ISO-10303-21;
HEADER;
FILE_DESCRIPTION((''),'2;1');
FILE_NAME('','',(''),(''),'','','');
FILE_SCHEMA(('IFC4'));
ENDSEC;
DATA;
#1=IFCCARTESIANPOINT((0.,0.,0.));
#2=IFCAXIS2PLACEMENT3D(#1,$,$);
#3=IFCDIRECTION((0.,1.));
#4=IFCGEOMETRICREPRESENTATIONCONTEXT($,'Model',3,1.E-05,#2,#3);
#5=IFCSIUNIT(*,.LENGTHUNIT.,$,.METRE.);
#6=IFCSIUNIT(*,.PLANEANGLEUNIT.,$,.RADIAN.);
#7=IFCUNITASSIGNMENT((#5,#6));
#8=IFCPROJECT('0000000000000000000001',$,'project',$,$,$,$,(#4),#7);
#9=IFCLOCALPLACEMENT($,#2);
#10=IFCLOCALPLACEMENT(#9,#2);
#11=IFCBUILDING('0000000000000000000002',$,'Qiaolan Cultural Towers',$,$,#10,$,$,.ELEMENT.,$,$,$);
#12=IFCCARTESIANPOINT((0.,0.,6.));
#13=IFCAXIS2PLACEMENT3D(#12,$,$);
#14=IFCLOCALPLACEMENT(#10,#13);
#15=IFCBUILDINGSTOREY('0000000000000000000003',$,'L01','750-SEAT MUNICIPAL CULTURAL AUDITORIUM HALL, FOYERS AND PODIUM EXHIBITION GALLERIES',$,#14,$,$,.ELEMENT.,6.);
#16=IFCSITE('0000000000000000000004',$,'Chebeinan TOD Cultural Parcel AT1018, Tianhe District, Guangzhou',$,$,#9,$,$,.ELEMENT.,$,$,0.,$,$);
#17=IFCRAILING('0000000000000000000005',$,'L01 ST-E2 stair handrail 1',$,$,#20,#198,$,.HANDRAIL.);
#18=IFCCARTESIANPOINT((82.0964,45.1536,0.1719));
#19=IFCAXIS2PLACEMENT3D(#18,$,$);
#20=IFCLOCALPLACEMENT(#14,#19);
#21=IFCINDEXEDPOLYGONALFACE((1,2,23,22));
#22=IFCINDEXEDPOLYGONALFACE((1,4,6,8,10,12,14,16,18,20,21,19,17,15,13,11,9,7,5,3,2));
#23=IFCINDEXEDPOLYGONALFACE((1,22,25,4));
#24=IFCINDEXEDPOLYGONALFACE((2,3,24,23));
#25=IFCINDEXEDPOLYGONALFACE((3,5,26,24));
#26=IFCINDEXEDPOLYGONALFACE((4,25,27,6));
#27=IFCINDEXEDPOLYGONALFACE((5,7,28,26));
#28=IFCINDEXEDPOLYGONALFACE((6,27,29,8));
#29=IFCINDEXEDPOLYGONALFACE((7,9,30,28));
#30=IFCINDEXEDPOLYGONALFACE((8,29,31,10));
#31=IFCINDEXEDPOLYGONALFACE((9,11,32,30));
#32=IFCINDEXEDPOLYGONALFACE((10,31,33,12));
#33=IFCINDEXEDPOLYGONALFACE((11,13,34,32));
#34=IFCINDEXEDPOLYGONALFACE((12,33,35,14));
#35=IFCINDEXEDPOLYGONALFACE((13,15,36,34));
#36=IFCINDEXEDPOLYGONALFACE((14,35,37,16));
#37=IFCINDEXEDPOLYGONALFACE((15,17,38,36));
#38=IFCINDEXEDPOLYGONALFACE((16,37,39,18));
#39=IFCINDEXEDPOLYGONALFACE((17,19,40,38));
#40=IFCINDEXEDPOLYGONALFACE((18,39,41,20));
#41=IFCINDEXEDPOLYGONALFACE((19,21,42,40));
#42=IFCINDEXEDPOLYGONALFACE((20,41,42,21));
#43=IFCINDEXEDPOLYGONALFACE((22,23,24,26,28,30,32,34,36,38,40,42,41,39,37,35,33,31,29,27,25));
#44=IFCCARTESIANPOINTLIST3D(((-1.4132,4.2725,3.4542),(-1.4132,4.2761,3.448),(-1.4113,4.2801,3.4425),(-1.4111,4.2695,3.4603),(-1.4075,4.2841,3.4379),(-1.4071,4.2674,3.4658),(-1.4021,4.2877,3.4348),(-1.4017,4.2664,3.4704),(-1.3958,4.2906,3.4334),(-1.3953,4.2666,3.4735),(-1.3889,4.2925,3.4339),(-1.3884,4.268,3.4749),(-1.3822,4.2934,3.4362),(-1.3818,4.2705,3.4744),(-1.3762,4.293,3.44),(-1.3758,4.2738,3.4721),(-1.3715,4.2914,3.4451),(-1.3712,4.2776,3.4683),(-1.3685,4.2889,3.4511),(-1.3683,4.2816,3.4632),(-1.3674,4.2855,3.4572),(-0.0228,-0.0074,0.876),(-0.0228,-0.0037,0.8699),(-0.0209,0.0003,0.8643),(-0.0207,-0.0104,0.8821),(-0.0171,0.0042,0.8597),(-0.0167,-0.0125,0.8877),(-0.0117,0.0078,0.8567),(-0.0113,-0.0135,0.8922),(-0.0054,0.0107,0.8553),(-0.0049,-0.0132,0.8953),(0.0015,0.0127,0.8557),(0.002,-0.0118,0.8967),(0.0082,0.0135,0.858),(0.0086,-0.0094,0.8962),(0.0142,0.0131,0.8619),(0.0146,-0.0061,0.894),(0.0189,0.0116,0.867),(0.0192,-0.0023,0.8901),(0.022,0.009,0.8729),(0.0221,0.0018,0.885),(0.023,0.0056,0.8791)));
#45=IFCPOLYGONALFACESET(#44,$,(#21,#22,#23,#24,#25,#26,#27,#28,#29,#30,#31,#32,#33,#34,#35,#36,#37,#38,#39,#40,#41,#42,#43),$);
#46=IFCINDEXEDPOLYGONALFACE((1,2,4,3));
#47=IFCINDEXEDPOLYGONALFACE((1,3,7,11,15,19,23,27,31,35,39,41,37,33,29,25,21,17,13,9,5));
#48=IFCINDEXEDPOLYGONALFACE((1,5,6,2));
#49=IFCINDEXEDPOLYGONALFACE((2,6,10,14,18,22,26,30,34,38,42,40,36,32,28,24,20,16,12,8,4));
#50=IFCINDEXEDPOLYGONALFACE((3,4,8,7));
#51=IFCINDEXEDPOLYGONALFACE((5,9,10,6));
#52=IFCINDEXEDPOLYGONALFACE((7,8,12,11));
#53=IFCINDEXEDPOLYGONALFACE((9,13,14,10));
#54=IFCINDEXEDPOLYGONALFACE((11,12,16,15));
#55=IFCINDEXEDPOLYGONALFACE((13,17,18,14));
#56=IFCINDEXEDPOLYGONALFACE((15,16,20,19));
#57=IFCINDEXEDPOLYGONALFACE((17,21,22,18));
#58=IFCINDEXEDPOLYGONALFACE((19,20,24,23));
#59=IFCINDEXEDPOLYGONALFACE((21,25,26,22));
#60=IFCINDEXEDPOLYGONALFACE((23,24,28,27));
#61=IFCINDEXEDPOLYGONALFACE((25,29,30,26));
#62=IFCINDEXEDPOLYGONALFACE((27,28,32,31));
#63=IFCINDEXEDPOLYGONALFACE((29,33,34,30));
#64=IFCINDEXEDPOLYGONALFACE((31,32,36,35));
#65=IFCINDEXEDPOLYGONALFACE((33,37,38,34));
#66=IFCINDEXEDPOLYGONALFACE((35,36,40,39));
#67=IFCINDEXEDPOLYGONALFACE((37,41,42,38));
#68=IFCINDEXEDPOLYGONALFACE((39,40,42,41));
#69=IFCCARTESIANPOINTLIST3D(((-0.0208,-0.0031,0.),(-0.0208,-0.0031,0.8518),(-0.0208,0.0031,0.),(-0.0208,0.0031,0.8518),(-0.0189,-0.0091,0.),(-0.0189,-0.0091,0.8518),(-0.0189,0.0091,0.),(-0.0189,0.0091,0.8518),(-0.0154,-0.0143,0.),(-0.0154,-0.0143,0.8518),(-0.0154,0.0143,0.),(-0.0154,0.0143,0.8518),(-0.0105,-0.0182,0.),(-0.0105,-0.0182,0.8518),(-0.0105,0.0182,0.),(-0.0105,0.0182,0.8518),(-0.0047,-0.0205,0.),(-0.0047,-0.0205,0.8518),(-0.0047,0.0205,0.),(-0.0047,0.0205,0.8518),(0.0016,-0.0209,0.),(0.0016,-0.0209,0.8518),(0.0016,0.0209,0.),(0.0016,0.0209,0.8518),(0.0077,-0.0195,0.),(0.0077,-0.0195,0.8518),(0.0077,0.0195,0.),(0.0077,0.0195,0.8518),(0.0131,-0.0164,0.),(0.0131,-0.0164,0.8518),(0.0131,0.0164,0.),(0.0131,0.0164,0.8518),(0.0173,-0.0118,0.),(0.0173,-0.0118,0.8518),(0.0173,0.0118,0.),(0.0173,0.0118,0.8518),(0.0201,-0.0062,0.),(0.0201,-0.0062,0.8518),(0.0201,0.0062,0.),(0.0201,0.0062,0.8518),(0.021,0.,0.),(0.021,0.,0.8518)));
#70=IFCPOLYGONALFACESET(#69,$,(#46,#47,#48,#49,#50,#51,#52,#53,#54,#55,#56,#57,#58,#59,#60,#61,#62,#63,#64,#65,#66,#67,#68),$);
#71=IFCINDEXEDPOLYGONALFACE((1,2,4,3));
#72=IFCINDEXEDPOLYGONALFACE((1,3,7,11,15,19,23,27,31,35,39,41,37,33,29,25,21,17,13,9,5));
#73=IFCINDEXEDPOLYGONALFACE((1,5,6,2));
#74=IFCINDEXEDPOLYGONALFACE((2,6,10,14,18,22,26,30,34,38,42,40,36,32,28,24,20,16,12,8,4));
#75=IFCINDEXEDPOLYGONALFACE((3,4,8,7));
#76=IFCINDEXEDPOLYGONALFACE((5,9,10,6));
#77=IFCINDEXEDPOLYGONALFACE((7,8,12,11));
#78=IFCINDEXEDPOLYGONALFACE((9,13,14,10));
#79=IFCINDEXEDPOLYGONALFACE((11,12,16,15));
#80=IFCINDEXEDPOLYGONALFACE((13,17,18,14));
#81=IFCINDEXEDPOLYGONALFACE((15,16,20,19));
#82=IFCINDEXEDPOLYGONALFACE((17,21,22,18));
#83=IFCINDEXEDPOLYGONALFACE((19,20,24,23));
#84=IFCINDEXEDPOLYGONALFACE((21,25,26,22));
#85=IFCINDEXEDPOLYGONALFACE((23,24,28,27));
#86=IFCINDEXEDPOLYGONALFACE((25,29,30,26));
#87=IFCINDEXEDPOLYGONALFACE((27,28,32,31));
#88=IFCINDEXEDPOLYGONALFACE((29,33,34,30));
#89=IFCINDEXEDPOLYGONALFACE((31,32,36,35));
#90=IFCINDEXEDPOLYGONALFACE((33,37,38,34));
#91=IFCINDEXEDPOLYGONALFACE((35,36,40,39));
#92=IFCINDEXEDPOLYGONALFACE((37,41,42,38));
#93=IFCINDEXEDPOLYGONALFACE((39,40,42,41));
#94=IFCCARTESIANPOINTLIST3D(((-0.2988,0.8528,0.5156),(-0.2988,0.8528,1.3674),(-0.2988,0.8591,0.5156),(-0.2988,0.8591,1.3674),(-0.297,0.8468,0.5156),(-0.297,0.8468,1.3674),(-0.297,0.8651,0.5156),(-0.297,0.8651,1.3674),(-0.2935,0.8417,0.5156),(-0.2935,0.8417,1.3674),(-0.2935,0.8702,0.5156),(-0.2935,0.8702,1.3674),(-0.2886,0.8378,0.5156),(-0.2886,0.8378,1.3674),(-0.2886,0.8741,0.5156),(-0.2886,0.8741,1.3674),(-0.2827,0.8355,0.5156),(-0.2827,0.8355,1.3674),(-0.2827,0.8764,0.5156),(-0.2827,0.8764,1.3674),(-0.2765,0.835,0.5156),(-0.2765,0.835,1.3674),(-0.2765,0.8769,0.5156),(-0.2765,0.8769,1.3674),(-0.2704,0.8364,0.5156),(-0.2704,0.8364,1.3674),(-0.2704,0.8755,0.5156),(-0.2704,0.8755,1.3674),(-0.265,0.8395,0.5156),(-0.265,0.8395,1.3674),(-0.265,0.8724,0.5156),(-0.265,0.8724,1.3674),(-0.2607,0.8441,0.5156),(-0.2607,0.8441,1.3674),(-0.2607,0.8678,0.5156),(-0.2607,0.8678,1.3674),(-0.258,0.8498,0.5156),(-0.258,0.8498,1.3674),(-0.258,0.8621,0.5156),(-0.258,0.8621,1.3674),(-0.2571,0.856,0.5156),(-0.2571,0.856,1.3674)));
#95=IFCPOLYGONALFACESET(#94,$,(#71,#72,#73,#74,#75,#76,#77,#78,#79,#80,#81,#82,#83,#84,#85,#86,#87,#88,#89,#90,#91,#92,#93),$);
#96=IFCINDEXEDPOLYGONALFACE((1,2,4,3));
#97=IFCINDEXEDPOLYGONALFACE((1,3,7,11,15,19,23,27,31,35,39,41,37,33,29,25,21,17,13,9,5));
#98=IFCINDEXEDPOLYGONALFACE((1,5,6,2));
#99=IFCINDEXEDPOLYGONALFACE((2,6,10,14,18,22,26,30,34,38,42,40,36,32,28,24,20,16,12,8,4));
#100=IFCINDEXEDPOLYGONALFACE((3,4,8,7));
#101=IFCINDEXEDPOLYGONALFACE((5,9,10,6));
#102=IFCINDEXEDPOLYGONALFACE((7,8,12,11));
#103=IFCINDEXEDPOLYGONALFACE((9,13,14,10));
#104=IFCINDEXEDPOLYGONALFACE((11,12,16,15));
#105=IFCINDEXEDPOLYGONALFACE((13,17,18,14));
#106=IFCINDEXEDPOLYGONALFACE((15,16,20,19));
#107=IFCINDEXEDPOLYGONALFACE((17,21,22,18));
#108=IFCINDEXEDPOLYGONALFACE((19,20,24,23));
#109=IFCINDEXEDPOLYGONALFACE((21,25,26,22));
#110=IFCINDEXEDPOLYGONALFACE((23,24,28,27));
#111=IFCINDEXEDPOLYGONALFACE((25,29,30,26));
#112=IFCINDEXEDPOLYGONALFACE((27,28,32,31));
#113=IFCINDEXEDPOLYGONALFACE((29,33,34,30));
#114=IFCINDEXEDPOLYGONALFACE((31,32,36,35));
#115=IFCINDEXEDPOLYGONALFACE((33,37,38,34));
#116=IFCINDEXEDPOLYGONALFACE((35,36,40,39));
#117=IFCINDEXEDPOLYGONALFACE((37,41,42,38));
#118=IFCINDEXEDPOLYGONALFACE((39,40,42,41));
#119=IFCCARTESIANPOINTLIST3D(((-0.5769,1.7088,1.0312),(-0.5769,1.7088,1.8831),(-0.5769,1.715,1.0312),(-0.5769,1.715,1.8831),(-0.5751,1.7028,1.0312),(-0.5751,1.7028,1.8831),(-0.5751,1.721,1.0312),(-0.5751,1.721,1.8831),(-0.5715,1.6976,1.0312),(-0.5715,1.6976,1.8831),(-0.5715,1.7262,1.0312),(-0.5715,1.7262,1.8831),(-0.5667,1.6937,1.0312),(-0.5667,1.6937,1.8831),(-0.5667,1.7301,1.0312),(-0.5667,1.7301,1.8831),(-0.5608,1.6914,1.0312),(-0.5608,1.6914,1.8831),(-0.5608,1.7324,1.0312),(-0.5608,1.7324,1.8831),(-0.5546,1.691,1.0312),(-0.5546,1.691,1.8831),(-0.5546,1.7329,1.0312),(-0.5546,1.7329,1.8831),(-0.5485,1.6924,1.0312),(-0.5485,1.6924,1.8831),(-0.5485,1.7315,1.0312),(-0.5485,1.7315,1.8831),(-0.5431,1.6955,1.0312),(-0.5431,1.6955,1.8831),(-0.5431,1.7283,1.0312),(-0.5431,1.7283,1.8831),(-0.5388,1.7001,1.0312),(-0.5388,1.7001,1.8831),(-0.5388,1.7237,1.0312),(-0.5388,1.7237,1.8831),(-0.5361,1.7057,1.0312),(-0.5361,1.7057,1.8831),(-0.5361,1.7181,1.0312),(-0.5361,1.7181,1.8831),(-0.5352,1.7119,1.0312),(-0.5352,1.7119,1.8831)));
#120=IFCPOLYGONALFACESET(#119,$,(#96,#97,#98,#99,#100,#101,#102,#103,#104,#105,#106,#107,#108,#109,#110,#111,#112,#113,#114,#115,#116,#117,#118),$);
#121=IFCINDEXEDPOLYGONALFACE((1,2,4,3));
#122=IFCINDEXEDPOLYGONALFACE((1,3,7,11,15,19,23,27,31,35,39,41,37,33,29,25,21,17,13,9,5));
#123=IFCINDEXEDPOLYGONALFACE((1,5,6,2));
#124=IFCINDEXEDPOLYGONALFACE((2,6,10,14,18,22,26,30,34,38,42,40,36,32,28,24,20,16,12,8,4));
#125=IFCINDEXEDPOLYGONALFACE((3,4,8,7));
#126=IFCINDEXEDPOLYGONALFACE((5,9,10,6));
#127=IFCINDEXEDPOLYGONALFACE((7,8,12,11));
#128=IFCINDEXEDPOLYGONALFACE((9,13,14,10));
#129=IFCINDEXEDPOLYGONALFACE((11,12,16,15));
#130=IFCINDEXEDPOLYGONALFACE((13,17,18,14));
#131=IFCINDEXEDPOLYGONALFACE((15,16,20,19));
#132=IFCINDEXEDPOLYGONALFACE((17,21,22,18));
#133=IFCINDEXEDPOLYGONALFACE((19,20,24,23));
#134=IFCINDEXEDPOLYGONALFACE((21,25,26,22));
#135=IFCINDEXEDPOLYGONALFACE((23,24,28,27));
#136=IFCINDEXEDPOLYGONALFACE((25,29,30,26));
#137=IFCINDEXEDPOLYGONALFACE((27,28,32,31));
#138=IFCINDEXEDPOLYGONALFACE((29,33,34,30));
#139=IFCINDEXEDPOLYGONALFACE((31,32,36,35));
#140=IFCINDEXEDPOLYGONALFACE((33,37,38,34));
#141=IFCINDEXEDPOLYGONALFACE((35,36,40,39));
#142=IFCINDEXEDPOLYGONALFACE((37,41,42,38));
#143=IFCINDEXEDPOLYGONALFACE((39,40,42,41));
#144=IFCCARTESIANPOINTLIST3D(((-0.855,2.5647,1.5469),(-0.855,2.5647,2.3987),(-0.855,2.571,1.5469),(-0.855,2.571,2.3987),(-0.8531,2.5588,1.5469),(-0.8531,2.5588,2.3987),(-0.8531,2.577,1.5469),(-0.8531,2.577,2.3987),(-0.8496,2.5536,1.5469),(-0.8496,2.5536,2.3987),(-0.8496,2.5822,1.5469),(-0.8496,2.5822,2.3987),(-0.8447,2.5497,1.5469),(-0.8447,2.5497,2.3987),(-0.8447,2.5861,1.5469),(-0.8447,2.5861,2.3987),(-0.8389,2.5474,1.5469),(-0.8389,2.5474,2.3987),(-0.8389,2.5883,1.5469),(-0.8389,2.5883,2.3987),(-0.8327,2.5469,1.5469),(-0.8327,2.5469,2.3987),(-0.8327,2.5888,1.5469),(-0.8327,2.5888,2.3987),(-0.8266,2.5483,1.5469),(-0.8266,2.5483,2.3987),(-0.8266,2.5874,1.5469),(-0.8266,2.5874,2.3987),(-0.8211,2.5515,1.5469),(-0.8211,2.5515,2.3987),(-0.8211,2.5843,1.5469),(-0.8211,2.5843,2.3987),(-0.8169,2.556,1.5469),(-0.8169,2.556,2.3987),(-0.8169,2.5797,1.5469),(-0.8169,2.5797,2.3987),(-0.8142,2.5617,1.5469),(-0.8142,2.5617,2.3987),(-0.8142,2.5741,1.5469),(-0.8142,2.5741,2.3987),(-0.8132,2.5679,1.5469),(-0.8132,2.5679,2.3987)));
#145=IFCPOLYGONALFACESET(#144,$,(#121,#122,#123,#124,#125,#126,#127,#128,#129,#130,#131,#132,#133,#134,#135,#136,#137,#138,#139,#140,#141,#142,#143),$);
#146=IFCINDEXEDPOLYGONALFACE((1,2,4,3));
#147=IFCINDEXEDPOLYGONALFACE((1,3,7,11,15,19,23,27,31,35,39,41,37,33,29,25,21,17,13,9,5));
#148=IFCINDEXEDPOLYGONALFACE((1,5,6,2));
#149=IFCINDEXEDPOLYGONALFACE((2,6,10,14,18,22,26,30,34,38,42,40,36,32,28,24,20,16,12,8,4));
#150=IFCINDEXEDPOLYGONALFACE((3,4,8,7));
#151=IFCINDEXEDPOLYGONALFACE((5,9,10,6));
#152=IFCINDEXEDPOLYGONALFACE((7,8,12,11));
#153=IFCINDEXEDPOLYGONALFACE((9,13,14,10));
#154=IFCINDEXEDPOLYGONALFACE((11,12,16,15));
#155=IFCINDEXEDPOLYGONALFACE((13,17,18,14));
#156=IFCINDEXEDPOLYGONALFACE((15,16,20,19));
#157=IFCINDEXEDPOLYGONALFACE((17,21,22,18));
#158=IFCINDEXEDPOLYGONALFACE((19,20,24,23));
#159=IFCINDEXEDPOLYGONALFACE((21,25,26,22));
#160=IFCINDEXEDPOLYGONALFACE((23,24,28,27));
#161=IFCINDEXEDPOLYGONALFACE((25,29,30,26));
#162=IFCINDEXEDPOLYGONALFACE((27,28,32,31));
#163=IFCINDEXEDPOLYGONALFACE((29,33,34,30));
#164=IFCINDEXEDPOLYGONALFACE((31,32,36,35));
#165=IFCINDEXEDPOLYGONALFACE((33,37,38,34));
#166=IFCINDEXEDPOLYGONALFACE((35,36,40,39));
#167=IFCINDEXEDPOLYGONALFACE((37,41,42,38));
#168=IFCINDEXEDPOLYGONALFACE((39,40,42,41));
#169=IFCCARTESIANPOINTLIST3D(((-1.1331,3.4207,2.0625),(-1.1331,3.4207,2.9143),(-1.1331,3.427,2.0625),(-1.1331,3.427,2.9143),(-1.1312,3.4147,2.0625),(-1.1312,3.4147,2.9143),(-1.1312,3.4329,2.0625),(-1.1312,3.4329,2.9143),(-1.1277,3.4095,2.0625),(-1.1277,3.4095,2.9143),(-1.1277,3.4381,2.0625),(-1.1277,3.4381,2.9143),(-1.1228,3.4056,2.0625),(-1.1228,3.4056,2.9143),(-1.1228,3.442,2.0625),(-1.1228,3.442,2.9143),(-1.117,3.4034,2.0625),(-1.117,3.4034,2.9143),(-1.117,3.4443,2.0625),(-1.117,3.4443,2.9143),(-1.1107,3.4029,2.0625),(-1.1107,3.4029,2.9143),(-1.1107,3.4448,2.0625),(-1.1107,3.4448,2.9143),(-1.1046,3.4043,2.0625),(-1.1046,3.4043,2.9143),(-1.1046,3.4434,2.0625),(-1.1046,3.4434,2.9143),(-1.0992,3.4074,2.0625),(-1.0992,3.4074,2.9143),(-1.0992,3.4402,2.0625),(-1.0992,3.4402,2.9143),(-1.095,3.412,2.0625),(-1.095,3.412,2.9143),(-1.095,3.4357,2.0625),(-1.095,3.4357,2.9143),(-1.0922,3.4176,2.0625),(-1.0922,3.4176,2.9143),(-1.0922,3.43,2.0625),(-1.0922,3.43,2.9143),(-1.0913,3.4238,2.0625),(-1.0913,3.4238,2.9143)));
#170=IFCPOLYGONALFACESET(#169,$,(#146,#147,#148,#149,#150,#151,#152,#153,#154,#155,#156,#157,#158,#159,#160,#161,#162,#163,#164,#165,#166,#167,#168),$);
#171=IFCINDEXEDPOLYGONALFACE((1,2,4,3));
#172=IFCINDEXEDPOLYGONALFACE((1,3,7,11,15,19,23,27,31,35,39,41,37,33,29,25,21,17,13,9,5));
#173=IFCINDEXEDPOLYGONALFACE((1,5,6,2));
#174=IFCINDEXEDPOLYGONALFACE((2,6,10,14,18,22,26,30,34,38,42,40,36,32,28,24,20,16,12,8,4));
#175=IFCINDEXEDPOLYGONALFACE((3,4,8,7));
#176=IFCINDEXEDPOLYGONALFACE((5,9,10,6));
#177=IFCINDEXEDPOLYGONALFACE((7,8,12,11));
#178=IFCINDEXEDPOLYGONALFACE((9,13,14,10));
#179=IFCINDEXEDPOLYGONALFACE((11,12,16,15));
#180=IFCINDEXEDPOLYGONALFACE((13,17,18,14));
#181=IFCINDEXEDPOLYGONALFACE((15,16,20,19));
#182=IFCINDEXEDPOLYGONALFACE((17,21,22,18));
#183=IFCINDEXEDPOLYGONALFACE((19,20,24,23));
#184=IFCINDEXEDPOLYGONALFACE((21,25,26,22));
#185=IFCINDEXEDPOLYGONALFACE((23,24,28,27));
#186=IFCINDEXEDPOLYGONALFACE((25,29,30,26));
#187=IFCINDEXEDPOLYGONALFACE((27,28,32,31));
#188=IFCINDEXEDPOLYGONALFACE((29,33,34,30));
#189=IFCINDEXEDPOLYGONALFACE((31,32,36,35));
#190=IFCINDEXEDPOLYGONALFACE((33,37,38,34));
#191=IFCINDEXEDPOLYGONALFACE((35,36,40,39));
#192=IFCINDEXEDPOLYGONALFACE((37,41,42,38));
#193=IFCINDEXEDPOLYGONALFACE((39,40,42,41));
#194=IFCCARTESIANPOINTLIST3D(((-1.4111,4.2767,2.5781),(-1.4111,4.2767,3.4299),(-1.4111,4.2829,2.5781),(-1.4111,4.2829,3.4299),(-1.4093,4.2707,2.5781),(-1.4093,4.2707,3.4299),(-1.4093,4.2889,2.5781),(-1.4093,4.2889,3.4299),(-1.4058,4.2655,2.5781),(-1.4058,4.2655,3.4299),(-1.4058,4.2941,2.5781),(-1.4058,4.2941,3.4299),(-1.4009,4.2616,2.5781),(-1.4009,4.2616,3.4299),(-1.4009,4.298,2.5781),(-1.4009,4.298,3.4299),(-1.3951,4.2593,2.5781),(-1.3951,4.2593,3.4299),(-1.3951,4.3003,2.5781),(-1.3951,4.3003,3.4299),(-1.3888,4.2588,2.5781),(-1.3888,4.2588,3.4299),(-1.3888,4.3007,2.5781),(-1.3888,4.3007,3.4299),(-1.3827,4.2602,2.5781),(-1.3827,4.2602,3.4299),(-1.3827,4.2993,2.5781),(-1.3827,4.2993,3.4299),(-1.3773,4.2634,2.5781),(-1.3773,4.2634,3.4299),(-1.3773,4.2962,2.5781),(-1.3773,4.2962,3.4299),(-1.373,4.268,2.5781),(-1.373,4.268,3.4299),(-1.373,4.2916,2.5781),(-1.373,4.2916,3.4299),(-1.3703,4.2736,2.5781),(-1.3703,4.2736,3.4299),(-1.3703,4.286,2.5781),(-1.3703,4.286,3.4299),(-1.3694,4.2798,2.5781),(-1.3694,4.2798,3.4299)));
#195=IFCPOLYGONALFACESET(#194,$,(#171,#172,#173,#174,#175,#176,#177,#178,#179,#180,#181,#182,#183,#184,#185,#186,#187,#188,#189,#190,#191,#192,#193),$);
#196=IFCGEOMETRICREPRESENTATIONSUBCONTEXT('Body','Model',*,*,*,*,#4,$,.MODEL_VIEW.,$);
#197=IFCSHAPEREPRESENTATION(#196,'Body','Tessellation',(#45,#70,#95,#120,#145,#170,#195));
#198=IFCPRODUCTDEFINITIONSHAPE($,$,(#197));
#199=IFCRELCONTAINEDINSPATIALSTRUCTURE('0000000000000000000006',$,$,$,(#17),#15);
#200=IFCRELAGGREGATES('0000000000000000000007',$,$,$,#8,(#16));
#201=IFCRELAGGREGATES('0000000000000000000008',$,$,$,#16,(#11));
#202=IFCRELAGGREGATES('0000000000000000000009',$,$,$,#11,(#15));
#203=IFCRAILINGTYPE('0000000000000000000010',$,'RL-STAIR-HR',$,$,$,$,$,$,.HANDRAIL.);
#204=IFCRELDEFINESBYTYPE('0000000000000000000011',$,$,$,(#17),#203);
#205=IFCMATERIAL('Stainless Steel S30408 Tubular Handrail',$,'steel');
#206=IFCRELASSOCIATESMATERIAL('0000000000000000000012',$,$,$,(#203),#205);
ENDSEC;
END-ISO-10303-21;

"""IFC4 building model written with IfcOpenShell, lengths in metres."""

from ifc_helpers import new_model, si_unit, direction, frame, origin, origin_2d, place, context, subcontext, project, spatial, circle, extrude, material, type_object, element, save


model = new_model("IFC4")

# Units and contexts
model_context = context("Model", 3, precision=1e-05, world=origin(), true_north=direction((0.0, 1.0)))
body_context = subcontext(model_context, "Body", "Model", "MODEL_VIEW")
ifc_project = project(units=[si_unit("LENGTHUNIT", "METRE"), si_unit("PLANEANGLEUNIT", "RADIAN")], contexts=[model_context])

# Site, building, storey
site_placement = place(None, origin())
site = spatial("IfcSite", under=ifc_project, at=site_placement, Name="Chebeinan TOD Cultural Parcel AT1018, Tianhe District, Guangzhou", CompositionType="ELEMENT", RefElevation=0.0)
building_placement = place(site_placement, origin())
building = spatial("IfcBuilding", under=site, at=building_placement, Name="Qiaolan Cultural Towers", CompositionType="ELEMENT")
storey_placement = place(building_placement, frame((0.0, 0.0, 6.0)))
storey = spatial("IfcBuildingStorey", under=building, at=storey_placement, Name="L01", Description="750-SEAT MUNICIPAL CULTURAL AUDITORIUM HALL, FOYERS AND PODIUM EXHIBITION GALLERIES", CompositionType="ELEMENT", Elevation=6.0)

# Railing
ifc_material_1 = material(Name="Stainless Steel S30408 Tubular Handrail", Category="steel")
railing_type_1 = type_object("IfcRailingType", Name="RL-STAIR-HR", PredefinedType="HANDRAIL", material=ifc_material_1)
railing_1_placement = place(storey_placement, frame((82.0964, 45.1536, 0.1719)))
element("IfcRailing", 1, at=railing_1_placement, inside=storey, type_object=railing_type_1, Name="L01 ST-E2 stair handrail 1", PredefinedType="HANDRAIL", context=body_context, shape_type="SweptSolid", body=[
    extrude(circle(Radius=0.0239, at=origin_2d()), frame((0.0, 0.0, 0.876), z_axis=(-0.268094, 0.825229, 0.497115), x_axis=(-0.95107, -0.308976, 0.0)), (0.0, 0.0, 1.0), 5.1863),
    extrude(circle(Radius=0.021, at=origin_2d()), origin(), (0.0, 0.0, 1.0), 0.8518),
    extrude(circle(Radius=0.021, at=origin_2d()), frame((-0.2781, 0.856, 0.5156)), (0.0, 0.0, 1.0), 0.8518),
    extrude(circle(Radius=0.021, at=origin_2d()), frame((-0.5562, 1.7119, 1.0312)), (0.0, 0.0, 1.0), 0.8518),
    extrude(circle(Radius=0.021, at=origin_2d()), frame((-0.8342, 2.5679, 1.5469)), (0.0, 0.0, 1.0), 0.8518),
    extrude(circle(Radius=0.021, at=origin_2d()), frame((-1.1123, 3.4238, 2.0625)), (0.0, 0.0, 1.0), 0.8518),
    extrude(circle(Radius=0.021, at=origin_2d()), frame((-1.3904, 4.2798, 2.5781)), (0.0, 0.0, 1.0), 0.8518),
])

save(model, "model.ifc")
